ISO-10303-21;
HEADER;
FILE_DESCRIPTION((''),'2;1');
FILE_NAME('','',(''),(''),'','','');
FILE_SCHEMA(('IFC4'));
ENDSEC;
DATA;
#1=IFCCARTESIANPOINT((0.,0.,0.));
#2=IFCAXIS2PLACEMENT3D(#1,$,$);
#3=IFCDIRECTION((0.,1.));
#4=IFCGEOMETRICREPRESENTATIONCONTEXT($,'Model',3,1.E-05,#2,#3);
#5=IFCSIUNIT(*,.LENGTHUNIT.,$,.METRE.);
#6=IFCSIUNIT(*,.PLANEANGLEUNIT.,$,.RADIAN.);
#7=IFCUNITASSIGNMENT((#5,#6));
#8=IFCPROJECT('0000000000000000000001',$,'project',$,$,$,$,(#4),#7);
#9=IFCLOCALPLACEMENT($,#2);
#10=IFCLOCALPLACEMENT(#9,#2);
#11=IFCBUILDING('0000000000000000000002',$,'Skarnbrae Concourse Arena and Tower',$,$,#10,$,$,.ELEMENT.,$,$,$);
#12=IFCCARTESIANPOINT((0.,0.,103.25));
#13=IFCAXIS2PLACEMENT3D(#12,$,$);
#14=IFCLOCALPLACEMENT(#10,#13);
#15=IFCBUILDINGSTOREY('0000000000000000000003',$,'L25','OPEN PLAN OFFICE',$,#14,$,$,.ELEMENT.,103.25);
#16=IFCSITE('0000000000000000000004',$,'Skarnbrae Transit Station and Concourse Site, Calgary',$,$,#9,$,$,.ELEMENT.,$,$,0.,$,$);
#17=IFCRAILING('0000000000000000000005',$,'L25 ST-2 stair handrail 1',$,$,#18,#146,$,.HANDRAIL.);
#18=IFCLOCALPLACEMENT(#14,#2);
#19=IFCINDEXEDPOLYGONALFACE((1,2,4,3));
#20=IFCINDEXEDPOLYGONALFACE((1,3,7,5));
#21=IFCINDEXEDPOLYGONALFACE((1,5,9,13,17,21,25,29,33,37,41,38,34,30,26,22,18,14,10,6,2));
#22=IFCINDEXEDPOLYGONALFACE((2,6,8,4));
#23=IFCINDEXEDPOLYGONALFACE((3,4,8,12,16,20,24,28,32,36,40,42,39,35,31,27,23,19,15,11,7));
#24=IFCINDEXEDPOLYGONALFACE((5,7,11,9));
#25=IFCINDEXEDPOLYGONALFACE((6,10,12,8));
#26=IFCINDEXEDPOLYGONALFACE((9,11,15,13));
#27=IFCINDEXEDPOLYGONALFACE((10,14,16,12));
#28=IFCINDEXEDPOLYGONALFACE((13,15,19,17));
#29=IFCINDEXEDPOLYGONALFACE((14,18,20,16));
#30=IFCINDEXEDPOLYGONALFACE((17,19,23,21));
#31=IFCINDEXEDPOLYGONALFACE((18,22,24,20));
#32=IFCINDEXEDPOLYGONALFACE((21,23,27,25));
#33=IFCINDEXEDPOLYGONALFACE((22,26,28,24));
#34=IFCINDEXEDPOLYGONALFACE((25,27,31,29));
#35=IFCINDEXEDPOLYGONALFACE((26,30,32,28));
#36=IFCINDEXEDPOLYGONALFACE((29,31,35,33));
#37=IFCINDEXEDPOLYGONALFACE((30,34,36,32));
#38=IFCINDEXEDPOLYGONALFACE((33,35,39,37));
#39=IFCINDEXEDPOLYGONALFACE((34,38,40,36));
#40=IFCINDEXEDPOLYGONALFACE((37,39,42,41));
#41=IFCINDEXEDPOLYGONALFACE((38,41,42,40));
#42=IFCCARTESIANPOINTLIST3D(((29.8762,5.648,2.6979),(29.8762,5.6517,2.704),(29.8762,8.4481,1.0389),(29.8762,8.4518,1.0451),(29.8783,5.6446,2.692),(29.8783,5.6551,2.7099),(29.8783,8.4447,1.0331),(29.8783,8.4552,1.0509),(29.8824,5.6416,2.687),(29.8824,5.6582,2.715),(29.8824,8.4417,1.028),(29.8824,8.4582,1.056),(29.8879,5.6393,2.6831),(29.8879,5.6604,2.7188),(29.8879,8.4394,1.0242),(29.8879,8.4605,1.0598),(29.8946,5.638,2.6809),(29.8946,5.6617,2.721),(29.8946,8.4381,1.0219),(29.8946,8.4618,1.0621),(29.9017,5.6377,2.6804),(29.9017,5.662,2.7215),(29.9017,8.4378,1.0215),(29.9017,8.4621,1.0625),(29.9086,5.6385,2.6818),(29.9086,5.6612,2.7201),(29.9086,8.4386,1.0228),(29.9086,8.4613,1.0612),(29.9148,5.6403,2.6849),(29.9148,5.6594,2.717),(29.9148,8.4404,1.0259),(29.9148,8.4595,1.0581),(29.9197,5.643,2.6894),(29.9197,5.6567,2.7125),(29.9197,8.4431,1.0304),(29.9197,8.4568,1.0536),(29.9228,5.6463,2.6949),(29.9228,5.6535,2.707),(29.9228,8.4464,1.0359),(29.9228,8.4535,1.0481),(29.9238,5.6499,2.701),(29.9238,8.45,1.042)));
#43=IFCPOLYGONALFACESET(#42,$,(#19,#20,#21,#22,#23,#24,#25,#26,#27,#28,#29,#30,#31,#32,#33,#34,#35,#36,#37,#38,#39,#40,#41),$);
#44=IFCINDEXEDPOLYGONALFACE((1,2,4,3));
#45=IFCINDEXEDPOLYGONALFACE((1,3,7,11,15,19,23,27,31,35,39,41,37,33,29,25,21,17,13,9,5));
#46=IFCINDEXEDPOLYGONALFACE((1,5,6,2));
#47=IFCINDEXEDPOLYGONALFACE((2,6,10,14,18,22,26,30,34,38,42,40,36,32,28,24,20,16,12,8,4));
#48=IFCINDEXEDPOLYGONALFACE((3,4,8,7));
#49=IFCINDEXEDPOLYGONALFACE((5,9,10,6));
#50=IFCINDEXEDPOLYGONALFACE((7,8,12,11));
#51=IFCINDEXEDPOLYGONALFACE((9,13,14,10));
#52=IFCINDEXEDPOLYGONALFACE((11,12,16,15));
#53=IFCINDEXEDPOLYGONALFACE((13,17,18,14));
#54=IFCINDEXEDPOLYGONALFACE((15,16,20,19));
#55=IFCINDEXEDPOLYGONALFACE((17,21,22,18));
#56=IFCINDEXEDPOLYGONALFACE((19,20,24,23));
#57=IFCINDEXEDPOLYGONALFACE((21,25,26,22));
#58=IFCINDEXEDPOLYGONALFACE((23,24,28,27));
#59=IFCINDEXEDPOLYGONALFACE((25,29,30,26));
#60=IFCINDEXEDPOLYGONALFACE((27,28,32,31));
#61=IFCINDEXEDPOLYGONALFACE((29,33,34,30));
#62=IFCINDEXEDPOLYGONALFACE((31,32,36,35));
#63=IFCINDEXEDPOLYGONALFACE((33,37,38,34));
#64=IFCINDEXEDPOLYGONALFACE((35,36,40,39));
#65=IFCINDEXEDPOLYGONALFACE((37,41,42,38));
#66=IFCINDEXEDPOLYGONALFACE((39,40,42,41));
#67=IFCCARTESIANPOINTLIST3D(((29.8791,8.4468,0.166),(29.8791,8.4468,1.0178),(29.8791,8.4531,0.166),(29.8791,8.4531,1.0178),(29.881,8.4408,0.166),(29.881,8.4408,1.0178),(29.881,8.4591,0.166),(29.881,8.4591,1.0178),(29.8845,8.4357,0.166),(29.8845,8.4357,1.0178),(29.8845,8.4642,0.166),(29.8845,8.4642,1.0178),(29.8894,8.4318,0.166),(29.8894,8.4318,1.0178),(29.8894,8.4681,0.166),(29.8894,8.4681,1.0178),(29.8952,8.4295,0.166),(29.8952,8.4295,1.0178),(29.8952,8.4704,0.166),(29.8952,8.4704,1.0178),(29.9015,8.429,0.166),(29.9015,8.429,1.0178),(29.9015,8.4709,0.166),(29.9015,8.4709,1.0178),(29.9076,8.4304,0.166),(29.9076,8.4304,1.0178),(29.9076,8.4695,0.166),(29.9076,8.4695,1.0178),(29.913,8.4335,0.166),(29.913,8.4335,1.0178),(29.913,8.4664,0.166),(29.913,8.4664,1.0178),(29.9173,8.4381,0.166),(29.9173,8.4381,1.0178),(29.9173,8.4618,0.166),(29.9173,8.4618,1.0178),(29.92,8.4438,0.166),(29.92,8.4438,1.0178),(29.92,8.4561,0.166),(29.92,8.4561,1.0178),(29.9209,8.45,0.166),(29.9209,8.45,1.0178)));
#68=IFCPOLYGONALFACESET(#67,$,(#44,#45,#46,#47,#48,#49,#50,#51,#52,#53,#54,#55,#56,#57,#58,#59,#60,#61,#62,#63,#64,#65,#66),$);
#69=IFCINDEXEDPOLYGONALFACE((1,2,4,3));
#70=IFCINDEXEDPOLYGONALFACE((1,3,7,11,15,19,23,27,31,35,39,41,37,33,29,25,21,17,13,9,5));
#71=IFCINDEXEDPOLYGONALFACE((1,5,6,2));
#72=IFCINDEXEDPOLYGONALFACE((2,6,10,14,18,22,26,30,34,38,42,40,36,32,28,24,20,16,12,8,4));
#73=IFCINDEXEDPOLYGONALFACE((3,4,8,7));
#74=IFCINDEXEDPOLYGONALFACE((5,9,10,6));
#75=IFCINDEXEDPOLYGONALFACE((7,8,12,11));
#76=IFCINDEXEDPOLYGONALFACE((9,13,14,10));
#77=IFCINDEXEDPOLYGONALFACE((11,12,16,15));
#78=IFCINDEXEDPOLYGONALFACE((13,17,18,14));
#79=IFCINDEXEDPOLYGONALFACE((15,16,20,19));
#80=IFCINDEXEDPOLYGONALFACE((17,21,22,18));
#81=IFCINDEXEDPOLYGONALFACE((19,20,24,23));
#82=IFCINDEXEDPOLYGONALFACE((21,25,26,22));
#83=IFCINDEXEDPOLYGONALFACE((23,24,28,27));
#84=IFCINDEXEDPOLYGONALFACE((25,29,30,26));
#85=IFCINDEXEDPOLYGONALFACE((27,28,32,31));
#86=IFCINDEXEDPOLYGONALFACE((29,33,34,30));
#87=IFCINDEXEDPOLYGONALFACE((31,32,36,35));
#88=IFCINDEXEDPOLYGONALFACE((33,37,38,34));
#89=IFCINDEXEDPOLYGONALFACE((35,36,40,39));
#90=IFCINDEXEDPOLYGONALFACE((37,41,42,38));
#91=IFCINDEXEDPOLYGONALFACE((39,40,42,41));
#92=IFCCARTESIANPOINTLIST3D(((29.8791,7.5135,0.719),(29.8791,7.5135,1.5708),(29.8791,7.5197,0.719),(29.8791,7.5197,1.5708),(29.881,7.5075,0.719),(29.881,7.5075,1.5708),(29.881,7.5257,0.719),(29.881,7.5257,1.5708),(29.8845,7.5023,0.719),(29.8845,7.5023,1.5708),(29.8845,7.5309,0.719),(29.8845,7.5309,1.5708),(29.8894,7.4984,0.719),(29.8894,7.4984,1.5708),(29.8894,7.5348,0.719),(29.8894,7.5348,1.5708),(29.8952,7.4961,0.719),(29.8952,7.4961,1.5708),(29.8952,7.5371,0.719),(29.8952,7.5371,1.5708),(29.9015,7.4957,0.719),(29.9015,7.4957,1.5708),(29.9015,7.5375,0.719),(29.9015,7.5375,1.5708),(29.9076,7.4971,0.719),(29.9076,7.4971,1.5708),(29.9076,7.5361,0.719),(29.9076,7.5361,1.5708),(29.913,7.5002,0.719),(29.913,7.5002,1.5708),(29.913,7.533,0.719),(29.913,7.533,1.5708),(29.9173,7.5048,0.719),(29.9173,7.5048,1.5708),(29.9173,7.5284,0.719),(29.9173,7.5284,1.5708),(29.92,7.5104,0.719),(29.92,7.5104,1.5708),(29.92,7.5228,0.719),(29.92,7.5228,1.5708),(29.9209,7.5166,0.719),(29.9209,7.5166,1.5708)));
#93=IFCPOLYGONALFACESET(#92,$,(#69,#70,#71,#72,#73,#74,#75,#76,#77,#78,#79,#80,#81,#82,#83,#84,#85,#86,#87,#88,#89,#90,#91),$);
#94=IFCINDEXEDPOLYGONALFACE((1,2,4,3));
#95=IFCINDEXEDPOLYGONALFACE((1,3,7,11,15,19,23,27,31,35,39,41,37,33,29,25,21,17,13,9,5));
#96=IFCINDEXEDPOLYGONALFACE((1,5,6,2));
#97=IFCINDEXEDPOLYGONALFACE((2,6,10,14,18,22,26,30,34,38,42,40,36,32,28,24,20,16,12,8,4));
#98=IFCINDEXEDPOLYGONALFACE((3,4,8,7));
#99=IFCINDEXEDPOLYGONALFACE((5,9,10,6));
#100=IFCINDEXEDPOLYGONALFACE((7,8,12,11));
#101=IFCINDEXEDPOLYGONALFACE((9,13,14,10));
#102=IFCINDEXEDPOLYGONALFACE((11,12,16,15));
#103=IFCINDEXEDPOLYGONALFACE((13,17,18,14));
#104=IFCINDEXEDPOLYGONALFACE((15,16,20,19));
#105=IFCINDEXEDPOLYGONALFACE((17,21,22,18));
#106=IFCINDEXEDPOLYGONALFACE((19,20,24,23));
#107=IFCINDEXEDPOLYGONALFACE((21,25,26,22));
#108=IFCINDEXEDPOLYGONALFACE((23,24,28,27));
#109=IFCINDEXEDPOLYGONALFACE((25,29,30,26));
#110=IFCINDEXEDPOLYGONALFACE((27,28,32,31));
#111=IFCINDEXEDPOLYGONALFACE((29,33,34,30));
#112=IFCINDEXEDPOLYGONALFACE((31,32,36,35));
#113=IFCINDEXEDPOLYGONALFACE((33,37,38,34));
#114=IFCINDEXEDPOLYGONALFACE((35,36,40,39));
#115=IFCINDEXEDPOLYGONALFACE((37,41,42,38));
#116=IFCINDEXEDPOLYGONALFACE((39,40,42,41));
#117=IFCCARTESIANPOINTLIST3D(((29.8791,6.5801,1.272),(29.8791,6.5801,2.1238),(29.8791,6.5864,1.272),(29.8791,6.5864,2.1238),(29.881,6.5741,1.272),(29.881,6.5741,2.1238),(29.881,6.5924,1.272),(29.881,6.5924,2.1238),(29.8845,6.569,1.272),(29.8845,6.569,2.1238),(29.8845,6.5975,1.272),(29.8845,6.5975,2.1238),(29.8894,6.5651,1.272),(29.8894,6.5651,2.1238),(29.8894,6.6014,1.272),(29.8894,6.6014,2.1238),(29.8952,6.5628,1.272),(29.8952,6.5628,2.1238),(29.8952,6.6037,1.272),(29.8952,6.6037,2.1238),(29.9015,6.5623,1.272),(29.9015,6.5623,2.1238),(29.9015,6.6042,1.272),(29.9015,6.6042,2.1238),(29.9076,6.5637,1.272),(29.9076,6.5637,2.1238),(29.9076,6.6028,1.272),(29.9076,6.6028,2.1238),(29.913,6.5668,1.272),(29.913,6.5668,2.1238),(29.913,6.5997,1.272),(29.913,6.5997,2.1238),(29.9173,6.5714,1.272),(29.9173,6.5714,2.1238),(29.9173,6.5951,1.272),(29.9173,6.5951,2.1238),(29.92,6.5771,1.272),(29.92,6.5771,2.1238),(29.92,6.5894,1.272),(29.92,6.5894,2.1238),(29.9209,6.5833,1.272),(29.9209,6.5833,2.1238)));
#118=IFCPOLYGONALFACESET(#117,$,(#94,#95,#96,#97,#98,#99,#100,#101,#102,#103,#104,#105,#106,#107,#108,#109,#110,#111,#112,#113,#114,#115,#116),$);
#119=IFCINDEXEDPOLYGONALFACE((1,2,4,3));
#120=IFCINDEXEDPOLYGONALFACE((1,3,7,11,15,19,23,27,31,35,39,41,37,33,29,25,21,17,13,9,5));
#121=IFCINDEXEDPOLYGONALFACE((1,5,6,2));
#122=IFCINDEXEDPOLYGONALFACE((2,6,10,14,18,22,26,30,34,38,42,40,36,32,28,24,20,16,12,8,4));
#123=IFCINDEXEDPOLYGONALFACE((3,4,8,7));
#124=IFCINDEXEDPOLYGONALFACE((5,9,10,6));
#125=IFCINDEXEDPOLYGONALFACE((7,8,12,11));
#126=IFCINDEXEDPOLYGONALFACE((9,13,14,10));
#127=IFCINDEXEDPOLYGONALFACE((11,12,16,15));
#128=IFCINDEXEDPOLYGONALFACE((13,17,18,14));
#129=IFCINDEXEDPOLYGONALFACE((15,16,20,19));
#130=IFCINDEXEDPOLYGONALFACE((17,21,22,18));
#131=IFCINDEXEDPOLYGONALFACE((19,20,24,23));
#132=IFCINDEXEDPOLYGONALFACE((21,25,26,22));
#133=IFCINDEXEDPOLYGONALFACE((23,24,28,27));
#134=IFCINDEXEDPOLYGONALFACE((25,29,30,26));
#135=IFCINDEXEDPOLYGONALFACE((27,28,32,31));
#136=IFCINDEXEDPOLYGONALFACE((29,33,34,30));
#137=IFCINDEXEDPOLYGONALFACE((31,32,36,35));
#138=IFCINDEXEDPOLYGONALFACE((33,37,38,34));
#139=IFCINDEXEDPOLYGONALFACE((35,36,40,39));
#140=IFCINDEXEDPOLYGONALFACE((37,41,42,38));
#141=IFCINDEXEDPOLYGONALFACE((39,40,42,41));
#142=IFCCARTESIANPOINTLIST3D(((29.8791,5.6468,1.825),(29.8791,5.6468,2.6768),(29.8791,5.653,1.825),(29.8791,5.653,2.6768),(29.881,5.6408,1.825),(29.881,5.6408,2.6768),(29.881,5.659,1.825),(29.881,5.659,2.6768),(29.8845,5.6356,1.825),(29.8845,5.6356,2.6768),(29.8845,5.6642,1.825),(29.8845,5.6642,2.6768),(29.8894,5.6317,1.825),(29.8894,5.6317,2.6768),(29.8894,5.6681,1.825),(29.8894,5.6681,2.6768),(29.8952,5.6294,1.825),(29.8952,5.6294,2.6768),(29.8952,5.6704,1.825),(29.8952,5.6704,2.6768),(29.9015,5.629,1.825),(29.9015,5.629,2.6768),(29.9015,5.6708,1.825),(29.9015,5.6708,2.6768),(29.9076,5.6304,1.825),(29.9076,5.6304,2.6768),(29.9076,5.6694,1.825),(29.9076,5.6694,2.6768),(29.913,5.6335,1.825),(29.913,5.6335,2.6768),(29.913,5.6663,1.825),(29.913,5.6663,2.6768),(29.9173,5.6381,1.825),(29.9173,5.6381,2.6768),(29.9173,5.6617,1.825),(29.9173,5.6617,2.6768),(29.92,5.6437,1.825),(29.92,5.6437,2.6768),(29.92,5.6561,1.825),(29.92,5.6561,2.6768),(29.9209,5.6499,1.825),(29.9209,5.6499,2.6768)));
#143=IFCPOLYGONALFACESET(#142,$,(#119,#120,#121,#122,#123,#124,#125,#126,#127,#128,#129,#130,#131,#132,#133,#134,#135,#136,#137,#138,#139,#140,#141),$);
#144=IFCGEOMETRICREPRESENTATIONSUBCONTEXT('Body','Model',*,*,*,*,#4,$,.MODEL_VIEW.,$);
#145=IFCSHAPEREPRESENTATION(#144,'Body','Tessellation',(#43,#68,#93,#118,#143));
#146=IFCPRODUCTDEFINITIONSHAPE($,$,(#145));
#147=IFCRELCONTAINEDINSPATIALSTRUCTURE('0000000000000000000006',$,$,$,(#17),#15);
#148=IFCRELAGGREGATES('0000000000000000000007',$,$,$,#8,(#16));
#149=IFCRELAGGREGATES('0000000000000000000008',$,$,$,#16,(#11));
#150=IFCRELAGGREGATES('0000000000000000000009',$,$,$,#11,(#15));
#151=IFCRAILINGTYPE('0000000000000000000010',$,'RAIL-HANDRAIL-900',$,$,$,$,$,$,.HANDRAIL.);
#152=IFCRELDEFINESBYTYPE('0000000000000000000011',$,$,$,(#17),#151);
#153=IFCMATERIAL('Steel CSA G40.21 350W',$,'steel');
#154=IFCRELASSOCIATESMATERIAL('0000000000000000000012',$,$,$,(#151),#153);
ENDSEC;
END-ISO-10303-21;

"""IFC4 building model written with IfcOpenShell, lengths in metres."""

from ifc_helpers import new_model, si_unit, direction, frame, origin, origin_2d, place, context, subcontext, project, spatial, circle, extrude, material, type_object, element, save


model = new_model("IFC4")

# Units and contexts
model_context = context("Model", 3, precision=1e-05, world=origin(), true_north=direction((0.0, 1.0)))
body_context = subcontext(model_context, "Body", "Model", "MODEL_VIEW")
ifc_project = project(units=[si_unit("LENGTHUNIT", "METRE"), si_unit("PLANEANGLEUNIT", "RADIAN")], contexts=[model_context])

# Site, building, storey
site_placement = place(None, origin())
site = spatial("IfcSite", under=ifc_project, at=site_placement, Name="Skarnbrae Transit Station and Concourse Site, Calgary", CompositionType="ELEMENT", RefElevation=0.0)
building_placement = place(site_placement, origin())
building = spatial("IfcBuilding", under=site, at=building_placement, Name="Skarnbrae Concourse Arena and Tower", CompositionType="ELEMENT")
storey_placement = place(building_placement, frame((0.0, 0.0, 103.25)))
storey = spatial("IfcBuildingStorey", under=building, at=storey_placement, Name="L25", Description="OPEN PLAN OFFICE", CompositionType="ELEMENT", Elevation=103.25)

# Shared definitions
ifc_material_1 = material(Name="Steel CSA G40.21 350W", Category="steel")

# Railing
railing_type_1 = type_object("IfcRailingType", Name="RAIL-HANDRAIL-900", PredefinedType="HANDRAIL", material=ifc_material_1)
railing_1_placement = place(storey_placement, frame((29.8999, 8.45, 0.166)))
element("IfcRailing", 1, at=railing_1_placement, inside=storey, type_object=railing_type_1, Name="L25 ST-2 stair handrail 1", PredefinedType="HANDRAIL", context=body_context, shape_type="SweptSolid", body=[
    extrude(circle(Radius=0.0239, at=origin_2d()), frame((0.0, 0.0, 0.876), z_axis=(0.0, -0.860339, 0.509722), x_axis=(1.0, 0.0, 0.0)), (0.0, 0.0, 1.0), 3.2546),
    extrude(circle(Radius=0.021, at=origin_2d()), origin(), (0.0, 0.0, 1.0), 0.8518),
    extrude(circle(Radius=0.021, at=origin_2d()), frame((0.0, -0.9333, 0.553)), (0.0, 0.0, 1.0), 0.8518),
    extrude(circle(Radius=0.021, at=origin_2d()), frame((0.0, -1.8667, 1.106)), (0.0, 0.0, 1.0), 0.8518),
    extrude(circle(Radius=0.021, at=origin_2d()), frame((0.0, -2.8, 1.6589)), (0.0, 0.0, 1.0), 0.8518),
])

save(model, "model.ifc")
